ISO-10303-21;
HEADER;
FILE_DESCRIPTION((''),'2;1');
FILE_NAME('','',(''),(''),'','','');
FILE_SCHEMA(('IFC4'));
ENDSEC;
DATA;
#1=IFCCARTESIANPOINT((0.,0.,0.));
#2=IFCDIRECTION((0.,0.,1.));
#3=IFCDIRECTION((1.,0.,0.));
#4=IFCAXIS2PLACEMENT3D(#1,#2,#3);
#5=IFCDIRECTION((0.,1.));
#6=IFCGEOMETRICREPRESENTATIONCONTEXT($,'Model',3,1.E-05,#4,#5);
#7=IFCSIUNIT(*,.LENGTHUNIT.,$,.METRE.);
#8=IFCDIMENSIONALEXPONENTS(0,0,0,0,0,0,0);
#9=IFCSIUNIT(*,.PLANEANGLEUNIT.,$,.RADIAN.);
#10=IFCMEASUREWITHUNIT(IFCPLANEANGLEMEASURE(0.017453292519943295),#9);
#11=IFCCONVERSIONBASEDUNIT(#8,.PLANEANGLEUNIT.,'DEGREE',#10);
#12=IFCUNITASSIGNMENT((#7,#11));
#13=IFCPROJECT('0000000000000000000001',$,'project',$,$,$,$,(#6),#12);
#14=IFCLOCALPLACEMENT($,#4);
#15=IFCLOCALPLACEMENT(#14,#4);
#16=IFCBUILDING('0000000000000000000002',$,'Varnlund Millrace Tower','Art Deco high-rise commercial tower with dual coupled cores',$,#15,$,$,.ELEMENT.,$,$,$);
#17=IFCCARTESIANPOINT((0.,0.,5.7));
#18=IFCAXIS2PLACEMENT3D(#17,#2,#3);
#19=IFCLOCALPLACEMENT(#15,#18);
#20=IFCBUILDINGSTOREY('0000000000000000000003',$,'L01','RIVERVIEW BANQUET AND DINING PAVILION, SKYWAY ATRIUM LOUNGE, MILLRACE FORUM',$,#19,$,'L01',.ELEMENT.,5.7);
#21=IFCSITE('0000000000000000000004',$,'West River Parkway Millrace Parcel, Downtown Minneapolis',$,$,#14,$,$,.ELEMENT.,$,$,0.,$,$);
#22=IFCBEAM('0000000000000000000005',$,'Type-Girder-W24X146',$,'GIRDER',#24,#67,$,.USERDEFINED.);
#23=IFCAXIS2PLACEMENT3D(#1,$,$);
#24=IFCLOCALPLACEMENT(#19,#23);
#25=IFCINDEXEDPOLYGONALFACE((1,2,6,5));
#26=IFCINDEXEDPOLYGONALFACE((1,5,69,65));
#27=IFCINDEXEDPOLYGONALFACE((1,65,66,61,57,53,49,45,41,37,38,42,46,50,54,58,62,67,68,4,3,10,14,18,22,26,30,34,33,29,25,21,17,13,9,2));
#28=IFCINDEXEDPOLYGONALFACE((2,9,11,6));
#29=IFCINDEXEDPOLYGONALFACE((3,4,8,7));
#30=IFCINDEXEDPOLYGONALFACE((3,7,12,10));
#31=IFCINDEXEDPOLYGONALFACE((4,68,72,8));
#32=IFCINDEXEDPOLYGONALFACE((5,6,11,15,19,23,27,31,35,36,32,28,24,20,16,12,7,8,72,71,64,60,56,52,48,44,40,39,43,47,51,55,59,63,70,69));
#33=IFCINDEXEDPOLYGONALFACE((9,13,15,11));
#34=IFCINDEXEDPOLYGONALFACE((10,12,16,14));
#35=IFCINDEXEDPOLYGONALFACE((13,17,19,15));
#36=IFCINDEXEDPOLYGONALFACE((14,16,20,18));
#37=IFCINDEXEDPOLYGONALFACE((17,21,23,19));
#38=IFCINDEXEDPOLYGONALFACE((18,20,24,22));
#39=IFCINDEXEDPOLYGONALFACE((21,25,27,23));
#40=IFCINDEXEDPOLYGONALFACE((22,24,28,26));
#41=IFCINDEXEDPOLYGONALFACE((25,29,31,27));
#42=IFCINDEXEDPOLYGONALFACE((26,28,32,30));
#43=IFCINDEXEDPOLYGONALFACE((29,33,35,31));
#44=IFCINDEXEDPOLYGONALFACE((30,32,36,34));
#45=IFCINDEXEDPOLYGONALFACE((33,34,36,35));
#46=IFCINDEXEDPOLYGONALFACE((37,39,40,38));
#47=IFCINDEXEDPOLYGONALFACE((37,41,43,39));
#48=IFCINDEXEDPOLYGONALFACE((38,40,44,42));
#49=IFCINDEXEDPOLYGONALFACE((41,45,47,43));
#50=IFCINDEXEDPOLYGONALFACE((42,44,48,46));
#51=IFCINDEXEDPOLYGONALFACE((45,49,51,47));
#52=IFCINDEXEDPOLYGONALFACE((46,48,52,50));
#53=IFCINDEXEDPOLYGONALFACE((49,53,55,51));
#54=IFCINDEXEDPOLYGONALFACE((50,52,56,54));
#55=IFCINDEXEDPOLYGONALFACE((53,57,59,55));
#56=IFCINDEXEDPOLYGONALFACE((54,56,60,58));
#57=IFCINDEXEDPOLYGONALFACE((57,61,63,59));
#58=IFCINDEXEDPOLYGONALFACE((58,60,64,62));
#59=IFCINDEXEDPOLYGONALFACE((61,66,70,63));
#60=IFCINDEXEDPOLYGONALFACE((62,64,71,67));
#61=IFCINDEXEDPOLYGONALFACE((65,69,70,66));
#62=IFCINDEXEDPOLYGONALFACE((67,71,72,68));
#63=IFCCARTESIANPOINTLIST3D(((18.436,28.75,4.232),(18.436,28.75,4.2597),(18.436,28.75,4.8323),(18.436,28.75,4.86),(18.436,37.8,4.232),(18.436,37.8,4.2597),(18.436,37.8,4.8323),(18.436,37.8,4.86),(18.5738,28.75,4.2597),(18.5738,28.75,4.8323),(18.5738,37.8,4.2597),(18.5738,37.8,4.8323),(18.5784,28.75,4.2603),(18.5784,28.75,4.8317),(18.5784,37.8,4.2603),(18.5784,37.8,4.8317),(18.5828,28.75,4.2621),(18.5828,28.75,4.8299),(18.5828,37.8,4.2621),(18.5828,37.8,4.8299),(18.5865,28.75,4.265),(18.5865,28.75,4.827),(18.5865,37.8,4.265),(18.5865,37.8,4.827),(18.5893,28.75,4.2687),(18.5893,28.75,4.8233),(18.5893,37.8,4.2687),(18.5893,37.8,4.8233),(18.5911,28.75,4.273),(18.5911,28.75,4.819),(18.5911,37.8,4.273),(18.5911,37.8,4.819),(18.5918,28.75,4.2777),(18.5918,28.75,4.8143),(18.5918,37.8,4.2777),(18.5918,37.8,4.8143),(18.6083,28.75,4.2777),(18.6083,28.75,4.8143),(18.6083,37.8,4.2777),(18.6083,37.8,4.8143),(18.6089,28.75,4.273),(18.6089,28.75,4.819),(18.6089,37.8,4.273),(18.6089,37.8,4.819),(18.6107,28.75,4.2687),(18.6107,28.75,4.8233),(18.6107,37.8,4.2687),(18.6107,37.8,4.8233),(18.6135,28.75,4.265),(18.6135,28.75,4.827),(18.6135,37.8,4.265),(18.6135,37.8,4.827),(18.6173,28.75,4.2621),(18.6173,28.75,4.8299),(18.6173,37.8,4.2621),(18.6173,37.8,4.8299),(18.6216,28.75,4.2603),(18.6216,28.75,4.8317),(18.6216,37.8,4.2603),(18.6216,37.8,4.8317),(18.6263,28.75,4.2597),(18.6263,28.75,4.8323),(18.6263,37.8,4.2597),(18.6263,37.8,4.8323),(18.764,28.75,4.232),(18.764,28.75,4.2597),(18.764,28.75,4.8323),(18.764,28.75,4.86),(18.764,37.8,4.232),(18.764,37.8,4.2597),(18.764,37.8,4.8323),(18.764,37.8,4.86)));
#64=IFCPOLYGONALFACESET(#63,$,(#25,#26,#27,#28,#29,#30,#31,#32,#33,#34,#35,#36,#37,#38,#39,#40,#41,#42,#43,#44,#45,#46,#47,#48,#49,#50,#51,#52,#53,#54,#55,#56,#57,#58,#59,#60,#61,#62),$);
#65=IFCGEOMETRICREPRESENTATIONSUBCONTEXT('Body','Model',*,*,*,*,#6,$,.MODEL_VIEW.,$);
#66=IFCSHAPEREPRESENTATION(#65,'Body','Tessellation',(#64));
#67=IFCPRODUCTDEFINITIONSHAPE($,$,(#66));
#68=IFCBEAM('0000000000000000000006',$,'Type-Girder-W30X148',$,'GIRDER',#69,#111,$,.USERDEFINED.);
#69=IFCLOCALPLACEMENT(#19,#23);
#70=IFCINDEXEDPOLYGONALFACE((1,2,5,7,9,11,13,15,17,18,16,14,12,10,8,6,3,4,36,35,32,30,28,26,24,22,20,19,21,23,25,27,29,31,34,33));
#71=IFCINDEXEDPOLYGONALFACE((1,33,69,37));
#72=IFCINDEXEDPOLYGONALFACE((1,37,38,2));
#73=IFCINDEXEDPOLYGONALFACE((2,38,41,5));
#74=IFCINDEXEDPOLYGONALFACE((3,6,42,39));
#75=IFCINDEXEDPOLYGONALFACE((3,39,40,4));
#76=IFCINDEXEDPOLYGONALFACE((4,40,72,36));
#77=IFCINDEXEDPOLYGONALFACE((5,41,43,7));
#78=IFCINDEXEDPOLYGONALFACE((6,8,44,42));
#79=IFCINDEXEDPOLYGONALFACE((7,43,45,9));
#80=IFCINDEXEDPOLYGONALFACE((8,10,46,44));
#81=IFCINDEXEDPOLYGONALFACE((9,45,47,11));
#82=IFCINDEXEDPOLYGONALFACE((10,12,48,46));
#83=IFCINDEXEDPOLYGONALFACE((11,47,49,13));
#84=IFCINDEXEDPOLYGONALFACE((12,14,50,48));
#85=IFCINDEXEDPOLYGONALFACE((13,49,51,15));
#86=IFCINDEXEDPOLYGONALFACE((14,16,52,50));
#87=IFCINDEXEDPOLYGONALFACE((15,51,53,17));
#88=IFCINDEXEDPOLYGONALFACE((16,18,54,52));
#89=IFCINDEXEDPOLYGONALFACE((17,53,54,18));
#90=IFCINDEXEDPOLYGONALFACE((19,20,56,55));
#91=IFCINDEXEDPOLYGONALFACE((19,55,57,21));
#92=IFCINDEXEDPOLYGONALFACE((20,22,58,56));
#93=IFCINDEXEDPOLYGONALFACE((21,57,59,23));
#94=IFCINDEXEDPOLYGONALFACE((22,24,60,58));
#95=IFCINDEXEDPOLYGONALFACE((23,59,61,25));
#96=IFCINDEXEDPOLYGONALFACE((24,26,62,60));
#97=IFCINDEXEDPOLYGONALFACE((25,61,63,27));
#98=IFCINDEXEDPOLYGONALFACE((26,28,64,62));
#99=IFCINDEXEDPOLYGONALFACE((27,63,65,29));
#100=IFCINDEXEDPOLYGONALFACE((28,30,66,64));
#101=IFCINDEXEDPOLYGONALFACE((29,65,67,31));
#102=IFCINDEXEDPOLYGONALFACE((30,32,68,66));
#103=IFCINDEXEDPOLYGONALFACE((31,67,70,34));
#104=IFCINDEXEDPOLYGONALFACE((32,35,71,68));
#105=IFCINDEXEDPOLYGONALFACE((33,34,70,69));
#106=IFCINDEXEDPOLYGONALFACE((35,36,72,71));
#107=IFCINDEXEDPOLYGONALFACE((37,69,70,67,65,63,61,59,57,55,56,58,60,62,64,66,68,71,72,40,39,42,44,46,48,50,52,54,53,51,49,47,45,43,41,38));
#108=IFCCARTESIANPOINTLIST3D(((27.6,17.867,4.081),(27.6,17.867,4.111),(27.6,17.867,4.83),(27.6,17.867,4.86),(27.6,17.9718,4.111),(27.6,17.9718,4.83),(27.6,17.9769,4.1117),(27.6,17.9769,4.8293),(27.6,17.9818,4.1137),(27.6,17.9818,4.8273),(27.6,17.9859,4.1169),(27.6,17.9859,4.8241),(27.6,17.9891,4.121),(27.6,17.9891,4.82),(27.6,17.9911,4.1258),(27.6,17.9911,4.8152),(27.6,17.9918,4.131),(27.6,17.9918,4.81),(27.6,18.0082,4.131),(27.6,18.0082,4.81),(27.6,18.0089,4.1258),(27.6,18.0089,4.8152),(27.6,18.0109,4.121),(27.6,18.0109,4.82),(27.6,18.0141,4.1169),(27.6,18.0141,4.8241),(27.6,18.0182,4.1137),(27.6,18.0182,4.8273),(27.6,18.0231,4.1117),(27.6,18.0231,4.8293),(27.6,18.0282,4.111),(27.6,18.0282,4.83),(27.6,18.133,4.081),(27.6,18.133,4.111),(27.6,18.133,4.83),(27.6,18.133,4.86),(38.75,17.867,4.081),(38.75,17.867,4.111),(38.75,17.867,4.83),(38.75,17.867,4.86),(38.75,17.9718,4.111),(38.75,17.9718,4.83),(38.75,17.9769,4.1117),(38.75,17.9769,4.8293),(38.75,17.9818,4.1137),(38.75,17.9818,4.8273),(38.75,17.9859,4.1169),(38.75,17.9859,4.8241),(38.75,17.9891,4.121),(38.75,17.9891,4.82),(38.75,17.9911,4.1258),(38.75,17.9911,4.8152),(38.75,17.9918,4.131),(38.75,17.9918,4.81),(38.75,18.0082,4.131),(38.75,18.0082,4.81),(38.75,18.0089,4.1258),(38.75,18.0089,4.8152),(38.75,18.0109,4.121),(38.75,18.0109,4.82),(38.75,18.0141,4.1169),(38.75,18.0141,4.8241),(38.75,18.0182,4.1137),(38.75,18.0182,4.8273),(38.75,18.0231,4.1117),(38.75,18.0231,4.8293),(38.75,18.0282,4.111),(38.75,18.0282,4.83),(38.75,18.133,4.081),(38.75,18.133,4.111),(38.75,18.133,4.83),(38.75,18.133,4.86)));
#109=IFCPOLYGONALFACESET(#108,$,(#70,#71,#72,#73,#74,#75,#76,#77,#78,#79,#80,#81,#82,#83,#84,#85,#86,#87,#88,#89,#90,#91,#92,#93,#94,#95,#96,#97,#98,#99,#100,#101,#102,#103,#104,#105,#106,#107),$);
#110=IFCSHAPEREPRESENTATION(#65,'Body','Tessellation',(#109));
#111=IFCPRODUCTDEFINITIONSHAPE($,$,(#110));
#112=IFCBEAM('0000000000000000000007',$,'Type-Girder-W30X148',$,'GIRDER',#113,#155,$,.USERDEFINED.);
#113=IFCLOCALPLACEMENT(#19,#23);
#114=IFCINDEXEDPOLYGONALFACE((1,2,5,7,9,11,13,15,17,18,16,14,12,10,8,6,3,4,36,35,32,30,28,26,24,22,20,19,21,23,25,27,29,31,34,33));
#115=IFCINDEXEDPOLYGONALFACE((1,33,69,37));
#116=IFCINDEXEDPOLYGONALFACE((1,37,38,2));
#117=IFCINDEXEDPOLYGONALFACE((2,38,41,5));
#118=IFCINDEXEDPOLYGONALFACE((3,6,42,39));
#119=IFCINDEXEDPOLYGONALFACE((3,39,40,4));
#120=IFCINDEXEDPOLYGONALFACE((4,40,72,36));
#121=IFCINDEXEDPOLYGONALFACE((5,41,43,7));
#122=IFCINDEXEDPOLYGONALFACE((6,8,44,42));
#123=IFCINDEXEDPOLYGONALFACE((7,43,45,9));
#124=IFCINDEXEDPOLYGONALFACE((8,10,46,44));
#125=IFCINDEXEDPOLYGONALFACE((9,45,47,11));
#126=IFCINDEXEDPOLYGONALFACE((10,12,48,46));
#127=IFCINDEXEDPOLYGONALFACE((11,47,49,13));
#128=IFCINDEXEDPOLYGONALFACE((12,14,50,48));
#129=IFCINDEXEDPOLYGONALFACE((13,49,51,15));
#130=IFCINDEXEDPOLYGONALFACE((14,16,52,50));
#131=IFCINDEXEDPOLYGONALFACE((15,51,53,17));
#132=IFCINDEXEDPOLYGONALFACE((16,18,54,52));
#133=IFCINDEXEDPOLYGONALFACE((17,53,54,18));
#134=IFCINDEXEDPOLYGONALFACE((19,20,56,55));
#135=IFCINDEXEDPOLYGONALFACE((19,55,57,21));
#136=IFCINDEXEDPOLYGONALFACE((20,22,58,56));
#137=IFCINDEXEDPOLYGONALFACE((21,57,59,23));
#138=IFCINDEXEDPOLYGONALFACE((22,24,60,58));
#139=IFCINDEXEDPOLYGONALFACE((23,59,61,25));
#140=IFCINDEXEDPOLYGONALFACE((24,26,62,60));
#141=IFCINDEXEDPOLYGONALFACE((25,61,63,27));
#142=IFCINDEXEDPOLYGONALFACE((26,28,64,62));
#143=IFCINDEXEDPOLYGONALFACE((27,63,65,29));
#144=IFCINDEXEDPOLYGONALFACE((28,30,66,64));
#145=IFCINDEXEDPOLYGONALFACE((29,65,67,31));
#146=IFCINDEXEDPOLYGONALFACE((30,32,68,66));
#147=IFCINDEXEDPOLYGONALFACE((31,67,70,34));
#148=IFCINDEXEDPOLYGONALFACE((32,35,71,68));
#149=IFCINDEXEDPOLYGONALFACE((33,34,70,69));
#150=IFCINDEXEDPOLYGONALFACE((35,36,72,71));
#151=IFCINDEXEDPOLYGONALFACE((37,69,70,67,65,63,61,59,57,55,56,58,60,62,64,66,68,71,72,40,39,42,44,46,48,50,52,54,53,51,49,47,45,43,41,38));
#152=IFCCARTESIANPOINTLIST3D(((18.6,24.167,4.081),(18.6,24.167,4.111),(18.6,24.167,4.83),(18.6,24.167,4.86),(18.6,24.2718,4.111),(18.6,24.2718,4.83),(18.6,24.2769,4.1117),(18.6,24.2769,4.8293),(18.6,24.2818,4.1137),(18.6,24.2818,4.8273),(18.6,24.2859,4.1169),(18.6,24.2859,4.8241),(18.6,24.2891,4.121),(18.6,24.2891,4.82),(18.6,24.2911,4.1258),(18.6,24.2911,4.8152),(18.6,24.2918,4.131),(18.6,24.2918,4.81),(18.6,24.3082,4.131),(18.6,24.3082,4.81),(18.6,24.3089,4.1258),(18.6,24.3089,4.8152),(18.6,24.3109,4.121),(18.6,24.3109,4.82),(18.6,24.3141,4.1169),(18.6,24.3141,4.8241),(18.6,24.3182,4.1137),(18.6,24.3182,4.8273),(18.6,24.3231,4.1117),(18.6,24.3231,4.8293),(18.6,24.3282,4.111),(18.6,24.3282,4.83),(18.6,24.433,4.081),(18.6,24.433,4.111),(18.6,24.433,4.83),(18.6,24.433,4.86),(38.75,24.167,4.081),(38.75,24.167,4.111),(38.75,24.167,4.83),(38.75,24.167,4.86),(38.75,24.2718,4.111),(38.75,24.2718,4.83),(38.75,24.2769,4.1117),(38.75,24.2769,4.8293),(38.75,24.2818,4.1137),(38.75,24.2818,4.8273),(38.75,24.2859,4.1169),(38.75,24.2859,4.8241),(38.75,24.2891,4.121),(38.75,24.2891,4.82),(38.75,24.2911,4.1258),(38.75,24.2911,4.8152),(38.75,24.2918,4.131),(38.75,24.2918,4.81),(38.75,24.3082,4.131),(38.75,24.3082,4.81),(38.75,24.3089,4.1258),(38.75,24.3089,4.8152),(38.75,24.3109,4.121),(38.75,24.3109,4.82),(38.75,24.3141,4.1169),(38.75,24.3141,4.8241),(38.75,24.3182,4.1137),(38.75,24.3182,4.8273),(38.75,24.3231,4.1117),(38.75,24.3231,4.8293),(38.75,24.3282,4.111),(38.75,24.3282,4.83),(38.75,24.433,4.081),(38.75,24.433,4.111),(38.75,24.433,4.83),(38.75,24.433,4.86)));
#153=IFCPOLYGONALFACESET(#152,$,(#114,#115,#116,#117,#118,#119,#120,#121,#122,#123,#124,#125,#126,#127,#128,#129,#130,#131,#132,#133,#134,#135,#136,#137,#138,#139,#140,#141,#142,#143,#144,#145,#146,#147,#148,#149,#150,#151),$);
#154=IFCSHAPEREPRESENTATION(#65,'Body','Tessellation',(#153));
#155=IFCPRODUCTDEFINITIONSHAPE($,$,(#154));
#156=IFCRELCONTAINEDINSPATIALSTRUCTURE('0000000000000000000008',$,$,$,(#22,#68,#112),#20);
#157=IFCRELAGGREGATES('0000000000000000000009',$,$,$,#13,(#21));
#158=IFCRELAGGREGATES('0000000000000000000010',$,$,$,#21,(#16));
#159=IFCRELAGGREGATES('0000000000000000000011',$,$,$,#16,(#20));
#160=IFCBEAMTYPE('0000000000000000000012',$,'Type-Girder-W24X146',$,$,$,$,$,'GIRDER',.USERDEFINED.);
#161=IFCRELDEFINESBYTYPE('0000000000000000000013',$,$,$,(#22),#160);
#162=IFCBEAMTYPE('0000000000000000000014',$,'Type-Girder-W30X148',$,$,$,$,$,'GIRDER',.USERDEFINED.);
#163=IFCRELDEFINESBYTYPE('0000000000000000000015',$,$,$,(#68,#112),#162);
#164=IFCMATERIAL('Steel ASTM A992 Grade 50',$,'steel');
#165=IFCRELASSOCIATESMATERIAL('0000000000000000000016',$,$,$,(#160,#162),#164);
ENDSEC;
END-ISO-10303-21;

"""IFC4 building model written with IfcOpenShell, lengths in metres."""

from ifc_helpers import new_model, entity, si_unit, converted_unit, direction, frame, origin_with_axes, origin_2d_with_axis, place, context, subcontext, project, spatial, i_section, extrude, material, material_profile, profile_set, type_object, element, save


model = new_model("IFC4")

# Units and contexts
model_context = context("Model", 3, precision=1e-05, world=origin_with_axes(), true_north=direction((0.0, 1.0)))
body_context = subcontext(model_context, "Body", "Model", "MODEL_VIEW")
ifc_project = project(units=[si_unit("LENGTHUNIT", "METRE"), converted_unit("PLANEANGLEUNIT", "DEGREE", entity("IfcPlaneAngleMeasure", 0.017453292519943295), si_unit("PLANEANGLEUNIT", "RADIAN"), dimensions=[0, 0, 0, 0, 0, 0, 0])], contexts=[model_context])

# Site, building, storey
site_placement = place(None, origin_with_axes())
site = spatial("IfcSite", under=ifc_project, at=site_placement, Name="West River Parkway Millrace Parcel, Downtown Minneapolis", CompositionType="ELEMENT", RefElevation=0.0)
building_placement = place(site_placement, origin_with_axes())
building = spatial("IfcBuilding", under=site, at=building_placement, Name="Varnlund Millrace Tower", Description="Art Deco high-rise commercial tower with dual coupled cores", CompositionType="ELEMENT")
storey_placement = place(building_placement, frame((0.0, 0.0, 5.7), z_axis=(0.0, 0.0, 1.0), x_axis=(1.0, 0.0, 0.0)))
storey = spatial("IfcBuildingStorey", under=building, at=storey_placement, Name="L01", Description="RIVERVIEW BANQUET AND DINING PAVILION, SKYWAY ATRIUM LOUNGE, MILLRACE FORUM", LongName="L01", CompositionType="ELEMENT", Elevation=5.7)

# Beams
ifc_material_1 = material(Name="Steel ASTM A992 Grade 50", Category="steel")
ifc_material_profile_1 = material_profile(ifc_material_1, i_section(OverallWidth=0.328, OverallDepth=0.628, WebThickness=0.0165, FlangeThickness=0.0277, FilletRadius=0.018, at=origin_2d_with_axis()), Name="Steel ASTM A992 Grade 50")
ifc_profile_set_1 = profile_set([ifc_material_profile_1], Name="Steel ASTM A992 Grade 50")
beam_type_1 = type_object("IfcBeamType", Name="Type-Girder-W24X146", ElementType="GIRDER", PredefinedType="USERDEFINED", material=ifc_profile_set_1)
beam_1_placement = place(storey_placement, frame((18.6, 28.75, 4.546), z_axis=(0.0, 1.0, 0.0), x_axis=(-1.0, 0.0, 0.0)))
element("IfcBeam", 1, at=beam_1_placement, inside=storey, type_object=beam_type_1, Name="Type-Girder-W24X146", ObjectType="GIRDER", PredefinedType="USERDEFINED", context=body_context, shape_type="SweptSolid", body=[
    extrude(i_section(OverallWidth=0.328, OverallDepth=0.628, WebThickness=0.0165, FlangeThickness=0.0277, FilletRadius=0.018, at=origin_2d_with_axis()), origin_with_axes(), (0.0, 0.0, 1.0), 9.05),
])
ifc_material_profile_2 = material_profile(ifc_material_1, i_section(OverallWidth=0.266, OverallDepth=0.779, WebThickness=0.0165, FlangeThickness=0.03, FilletRadius=0.02, at=origin_2d_with_axis()), Name="Steel ASTM A992 Grade 50")
ifc_profile_set_2 = profile_set([ifc_material_profile_2], Name="Steel ASTM A992 Grade 50")
beam_type_2 = type_object("IfcBeamType", Name="Type-Girder-W30X148", ElementType="GIRDER", PredefinedType="USERDEFINED", material=ifc_profile_set_2)
beam_2_placement = place(storey_placement, frame((27.6, 18.0, 4.4705), z_axis=(1.0, 0.0, 0.0), x_axis=(0.0, 1.0, 0.0)))
element("IfcBeam", 2, at=beam_2_placement, inside=storey, type_object=beam_type_2, Name="Type-Girder-W30X148", ObjectType="GIRDER", PredefinedType="USERDEFINED", context=body_context, shape_type="SweptSolid", body=[
    extrude(i_section(OverallWidth=0.266, OverallDepth=0.779, WebThickness=0.0165, FlangeThickness=0.03, FilletRadius=0.02, at=origin_2d_with_axis()), origin_with_axes(), (0.0, 0.0, 1.0), 11.15),
])
beam_3_placement = place(storey_placement, frame((18.6, 24.3, 4.4705), z_axis=(1.0, 0.0, 0.0), x_axis=(0.0, 1.0, 0.0)))
element("IfcBeam", 3, at=beam_3_placement, inside=storey, type_object=beam_type_2, Name="Type-Girder-W30X148", ObjectType="GIRDER", PredefinedType="USERDEFINED", context=body_context, shape_type="SweptSolid", body=[
    extrude(i_section(OverallWidth=0.266, OverallDepth=0.779, WebThickness=0.0165, FlangeThickness=0.03, FilletRadius=0.02, at=origin_2d_with_axis()), origin_with_axes(), (0.0, 0.0, 1.0), 20.15),
])

save(model, "model.ifc")
